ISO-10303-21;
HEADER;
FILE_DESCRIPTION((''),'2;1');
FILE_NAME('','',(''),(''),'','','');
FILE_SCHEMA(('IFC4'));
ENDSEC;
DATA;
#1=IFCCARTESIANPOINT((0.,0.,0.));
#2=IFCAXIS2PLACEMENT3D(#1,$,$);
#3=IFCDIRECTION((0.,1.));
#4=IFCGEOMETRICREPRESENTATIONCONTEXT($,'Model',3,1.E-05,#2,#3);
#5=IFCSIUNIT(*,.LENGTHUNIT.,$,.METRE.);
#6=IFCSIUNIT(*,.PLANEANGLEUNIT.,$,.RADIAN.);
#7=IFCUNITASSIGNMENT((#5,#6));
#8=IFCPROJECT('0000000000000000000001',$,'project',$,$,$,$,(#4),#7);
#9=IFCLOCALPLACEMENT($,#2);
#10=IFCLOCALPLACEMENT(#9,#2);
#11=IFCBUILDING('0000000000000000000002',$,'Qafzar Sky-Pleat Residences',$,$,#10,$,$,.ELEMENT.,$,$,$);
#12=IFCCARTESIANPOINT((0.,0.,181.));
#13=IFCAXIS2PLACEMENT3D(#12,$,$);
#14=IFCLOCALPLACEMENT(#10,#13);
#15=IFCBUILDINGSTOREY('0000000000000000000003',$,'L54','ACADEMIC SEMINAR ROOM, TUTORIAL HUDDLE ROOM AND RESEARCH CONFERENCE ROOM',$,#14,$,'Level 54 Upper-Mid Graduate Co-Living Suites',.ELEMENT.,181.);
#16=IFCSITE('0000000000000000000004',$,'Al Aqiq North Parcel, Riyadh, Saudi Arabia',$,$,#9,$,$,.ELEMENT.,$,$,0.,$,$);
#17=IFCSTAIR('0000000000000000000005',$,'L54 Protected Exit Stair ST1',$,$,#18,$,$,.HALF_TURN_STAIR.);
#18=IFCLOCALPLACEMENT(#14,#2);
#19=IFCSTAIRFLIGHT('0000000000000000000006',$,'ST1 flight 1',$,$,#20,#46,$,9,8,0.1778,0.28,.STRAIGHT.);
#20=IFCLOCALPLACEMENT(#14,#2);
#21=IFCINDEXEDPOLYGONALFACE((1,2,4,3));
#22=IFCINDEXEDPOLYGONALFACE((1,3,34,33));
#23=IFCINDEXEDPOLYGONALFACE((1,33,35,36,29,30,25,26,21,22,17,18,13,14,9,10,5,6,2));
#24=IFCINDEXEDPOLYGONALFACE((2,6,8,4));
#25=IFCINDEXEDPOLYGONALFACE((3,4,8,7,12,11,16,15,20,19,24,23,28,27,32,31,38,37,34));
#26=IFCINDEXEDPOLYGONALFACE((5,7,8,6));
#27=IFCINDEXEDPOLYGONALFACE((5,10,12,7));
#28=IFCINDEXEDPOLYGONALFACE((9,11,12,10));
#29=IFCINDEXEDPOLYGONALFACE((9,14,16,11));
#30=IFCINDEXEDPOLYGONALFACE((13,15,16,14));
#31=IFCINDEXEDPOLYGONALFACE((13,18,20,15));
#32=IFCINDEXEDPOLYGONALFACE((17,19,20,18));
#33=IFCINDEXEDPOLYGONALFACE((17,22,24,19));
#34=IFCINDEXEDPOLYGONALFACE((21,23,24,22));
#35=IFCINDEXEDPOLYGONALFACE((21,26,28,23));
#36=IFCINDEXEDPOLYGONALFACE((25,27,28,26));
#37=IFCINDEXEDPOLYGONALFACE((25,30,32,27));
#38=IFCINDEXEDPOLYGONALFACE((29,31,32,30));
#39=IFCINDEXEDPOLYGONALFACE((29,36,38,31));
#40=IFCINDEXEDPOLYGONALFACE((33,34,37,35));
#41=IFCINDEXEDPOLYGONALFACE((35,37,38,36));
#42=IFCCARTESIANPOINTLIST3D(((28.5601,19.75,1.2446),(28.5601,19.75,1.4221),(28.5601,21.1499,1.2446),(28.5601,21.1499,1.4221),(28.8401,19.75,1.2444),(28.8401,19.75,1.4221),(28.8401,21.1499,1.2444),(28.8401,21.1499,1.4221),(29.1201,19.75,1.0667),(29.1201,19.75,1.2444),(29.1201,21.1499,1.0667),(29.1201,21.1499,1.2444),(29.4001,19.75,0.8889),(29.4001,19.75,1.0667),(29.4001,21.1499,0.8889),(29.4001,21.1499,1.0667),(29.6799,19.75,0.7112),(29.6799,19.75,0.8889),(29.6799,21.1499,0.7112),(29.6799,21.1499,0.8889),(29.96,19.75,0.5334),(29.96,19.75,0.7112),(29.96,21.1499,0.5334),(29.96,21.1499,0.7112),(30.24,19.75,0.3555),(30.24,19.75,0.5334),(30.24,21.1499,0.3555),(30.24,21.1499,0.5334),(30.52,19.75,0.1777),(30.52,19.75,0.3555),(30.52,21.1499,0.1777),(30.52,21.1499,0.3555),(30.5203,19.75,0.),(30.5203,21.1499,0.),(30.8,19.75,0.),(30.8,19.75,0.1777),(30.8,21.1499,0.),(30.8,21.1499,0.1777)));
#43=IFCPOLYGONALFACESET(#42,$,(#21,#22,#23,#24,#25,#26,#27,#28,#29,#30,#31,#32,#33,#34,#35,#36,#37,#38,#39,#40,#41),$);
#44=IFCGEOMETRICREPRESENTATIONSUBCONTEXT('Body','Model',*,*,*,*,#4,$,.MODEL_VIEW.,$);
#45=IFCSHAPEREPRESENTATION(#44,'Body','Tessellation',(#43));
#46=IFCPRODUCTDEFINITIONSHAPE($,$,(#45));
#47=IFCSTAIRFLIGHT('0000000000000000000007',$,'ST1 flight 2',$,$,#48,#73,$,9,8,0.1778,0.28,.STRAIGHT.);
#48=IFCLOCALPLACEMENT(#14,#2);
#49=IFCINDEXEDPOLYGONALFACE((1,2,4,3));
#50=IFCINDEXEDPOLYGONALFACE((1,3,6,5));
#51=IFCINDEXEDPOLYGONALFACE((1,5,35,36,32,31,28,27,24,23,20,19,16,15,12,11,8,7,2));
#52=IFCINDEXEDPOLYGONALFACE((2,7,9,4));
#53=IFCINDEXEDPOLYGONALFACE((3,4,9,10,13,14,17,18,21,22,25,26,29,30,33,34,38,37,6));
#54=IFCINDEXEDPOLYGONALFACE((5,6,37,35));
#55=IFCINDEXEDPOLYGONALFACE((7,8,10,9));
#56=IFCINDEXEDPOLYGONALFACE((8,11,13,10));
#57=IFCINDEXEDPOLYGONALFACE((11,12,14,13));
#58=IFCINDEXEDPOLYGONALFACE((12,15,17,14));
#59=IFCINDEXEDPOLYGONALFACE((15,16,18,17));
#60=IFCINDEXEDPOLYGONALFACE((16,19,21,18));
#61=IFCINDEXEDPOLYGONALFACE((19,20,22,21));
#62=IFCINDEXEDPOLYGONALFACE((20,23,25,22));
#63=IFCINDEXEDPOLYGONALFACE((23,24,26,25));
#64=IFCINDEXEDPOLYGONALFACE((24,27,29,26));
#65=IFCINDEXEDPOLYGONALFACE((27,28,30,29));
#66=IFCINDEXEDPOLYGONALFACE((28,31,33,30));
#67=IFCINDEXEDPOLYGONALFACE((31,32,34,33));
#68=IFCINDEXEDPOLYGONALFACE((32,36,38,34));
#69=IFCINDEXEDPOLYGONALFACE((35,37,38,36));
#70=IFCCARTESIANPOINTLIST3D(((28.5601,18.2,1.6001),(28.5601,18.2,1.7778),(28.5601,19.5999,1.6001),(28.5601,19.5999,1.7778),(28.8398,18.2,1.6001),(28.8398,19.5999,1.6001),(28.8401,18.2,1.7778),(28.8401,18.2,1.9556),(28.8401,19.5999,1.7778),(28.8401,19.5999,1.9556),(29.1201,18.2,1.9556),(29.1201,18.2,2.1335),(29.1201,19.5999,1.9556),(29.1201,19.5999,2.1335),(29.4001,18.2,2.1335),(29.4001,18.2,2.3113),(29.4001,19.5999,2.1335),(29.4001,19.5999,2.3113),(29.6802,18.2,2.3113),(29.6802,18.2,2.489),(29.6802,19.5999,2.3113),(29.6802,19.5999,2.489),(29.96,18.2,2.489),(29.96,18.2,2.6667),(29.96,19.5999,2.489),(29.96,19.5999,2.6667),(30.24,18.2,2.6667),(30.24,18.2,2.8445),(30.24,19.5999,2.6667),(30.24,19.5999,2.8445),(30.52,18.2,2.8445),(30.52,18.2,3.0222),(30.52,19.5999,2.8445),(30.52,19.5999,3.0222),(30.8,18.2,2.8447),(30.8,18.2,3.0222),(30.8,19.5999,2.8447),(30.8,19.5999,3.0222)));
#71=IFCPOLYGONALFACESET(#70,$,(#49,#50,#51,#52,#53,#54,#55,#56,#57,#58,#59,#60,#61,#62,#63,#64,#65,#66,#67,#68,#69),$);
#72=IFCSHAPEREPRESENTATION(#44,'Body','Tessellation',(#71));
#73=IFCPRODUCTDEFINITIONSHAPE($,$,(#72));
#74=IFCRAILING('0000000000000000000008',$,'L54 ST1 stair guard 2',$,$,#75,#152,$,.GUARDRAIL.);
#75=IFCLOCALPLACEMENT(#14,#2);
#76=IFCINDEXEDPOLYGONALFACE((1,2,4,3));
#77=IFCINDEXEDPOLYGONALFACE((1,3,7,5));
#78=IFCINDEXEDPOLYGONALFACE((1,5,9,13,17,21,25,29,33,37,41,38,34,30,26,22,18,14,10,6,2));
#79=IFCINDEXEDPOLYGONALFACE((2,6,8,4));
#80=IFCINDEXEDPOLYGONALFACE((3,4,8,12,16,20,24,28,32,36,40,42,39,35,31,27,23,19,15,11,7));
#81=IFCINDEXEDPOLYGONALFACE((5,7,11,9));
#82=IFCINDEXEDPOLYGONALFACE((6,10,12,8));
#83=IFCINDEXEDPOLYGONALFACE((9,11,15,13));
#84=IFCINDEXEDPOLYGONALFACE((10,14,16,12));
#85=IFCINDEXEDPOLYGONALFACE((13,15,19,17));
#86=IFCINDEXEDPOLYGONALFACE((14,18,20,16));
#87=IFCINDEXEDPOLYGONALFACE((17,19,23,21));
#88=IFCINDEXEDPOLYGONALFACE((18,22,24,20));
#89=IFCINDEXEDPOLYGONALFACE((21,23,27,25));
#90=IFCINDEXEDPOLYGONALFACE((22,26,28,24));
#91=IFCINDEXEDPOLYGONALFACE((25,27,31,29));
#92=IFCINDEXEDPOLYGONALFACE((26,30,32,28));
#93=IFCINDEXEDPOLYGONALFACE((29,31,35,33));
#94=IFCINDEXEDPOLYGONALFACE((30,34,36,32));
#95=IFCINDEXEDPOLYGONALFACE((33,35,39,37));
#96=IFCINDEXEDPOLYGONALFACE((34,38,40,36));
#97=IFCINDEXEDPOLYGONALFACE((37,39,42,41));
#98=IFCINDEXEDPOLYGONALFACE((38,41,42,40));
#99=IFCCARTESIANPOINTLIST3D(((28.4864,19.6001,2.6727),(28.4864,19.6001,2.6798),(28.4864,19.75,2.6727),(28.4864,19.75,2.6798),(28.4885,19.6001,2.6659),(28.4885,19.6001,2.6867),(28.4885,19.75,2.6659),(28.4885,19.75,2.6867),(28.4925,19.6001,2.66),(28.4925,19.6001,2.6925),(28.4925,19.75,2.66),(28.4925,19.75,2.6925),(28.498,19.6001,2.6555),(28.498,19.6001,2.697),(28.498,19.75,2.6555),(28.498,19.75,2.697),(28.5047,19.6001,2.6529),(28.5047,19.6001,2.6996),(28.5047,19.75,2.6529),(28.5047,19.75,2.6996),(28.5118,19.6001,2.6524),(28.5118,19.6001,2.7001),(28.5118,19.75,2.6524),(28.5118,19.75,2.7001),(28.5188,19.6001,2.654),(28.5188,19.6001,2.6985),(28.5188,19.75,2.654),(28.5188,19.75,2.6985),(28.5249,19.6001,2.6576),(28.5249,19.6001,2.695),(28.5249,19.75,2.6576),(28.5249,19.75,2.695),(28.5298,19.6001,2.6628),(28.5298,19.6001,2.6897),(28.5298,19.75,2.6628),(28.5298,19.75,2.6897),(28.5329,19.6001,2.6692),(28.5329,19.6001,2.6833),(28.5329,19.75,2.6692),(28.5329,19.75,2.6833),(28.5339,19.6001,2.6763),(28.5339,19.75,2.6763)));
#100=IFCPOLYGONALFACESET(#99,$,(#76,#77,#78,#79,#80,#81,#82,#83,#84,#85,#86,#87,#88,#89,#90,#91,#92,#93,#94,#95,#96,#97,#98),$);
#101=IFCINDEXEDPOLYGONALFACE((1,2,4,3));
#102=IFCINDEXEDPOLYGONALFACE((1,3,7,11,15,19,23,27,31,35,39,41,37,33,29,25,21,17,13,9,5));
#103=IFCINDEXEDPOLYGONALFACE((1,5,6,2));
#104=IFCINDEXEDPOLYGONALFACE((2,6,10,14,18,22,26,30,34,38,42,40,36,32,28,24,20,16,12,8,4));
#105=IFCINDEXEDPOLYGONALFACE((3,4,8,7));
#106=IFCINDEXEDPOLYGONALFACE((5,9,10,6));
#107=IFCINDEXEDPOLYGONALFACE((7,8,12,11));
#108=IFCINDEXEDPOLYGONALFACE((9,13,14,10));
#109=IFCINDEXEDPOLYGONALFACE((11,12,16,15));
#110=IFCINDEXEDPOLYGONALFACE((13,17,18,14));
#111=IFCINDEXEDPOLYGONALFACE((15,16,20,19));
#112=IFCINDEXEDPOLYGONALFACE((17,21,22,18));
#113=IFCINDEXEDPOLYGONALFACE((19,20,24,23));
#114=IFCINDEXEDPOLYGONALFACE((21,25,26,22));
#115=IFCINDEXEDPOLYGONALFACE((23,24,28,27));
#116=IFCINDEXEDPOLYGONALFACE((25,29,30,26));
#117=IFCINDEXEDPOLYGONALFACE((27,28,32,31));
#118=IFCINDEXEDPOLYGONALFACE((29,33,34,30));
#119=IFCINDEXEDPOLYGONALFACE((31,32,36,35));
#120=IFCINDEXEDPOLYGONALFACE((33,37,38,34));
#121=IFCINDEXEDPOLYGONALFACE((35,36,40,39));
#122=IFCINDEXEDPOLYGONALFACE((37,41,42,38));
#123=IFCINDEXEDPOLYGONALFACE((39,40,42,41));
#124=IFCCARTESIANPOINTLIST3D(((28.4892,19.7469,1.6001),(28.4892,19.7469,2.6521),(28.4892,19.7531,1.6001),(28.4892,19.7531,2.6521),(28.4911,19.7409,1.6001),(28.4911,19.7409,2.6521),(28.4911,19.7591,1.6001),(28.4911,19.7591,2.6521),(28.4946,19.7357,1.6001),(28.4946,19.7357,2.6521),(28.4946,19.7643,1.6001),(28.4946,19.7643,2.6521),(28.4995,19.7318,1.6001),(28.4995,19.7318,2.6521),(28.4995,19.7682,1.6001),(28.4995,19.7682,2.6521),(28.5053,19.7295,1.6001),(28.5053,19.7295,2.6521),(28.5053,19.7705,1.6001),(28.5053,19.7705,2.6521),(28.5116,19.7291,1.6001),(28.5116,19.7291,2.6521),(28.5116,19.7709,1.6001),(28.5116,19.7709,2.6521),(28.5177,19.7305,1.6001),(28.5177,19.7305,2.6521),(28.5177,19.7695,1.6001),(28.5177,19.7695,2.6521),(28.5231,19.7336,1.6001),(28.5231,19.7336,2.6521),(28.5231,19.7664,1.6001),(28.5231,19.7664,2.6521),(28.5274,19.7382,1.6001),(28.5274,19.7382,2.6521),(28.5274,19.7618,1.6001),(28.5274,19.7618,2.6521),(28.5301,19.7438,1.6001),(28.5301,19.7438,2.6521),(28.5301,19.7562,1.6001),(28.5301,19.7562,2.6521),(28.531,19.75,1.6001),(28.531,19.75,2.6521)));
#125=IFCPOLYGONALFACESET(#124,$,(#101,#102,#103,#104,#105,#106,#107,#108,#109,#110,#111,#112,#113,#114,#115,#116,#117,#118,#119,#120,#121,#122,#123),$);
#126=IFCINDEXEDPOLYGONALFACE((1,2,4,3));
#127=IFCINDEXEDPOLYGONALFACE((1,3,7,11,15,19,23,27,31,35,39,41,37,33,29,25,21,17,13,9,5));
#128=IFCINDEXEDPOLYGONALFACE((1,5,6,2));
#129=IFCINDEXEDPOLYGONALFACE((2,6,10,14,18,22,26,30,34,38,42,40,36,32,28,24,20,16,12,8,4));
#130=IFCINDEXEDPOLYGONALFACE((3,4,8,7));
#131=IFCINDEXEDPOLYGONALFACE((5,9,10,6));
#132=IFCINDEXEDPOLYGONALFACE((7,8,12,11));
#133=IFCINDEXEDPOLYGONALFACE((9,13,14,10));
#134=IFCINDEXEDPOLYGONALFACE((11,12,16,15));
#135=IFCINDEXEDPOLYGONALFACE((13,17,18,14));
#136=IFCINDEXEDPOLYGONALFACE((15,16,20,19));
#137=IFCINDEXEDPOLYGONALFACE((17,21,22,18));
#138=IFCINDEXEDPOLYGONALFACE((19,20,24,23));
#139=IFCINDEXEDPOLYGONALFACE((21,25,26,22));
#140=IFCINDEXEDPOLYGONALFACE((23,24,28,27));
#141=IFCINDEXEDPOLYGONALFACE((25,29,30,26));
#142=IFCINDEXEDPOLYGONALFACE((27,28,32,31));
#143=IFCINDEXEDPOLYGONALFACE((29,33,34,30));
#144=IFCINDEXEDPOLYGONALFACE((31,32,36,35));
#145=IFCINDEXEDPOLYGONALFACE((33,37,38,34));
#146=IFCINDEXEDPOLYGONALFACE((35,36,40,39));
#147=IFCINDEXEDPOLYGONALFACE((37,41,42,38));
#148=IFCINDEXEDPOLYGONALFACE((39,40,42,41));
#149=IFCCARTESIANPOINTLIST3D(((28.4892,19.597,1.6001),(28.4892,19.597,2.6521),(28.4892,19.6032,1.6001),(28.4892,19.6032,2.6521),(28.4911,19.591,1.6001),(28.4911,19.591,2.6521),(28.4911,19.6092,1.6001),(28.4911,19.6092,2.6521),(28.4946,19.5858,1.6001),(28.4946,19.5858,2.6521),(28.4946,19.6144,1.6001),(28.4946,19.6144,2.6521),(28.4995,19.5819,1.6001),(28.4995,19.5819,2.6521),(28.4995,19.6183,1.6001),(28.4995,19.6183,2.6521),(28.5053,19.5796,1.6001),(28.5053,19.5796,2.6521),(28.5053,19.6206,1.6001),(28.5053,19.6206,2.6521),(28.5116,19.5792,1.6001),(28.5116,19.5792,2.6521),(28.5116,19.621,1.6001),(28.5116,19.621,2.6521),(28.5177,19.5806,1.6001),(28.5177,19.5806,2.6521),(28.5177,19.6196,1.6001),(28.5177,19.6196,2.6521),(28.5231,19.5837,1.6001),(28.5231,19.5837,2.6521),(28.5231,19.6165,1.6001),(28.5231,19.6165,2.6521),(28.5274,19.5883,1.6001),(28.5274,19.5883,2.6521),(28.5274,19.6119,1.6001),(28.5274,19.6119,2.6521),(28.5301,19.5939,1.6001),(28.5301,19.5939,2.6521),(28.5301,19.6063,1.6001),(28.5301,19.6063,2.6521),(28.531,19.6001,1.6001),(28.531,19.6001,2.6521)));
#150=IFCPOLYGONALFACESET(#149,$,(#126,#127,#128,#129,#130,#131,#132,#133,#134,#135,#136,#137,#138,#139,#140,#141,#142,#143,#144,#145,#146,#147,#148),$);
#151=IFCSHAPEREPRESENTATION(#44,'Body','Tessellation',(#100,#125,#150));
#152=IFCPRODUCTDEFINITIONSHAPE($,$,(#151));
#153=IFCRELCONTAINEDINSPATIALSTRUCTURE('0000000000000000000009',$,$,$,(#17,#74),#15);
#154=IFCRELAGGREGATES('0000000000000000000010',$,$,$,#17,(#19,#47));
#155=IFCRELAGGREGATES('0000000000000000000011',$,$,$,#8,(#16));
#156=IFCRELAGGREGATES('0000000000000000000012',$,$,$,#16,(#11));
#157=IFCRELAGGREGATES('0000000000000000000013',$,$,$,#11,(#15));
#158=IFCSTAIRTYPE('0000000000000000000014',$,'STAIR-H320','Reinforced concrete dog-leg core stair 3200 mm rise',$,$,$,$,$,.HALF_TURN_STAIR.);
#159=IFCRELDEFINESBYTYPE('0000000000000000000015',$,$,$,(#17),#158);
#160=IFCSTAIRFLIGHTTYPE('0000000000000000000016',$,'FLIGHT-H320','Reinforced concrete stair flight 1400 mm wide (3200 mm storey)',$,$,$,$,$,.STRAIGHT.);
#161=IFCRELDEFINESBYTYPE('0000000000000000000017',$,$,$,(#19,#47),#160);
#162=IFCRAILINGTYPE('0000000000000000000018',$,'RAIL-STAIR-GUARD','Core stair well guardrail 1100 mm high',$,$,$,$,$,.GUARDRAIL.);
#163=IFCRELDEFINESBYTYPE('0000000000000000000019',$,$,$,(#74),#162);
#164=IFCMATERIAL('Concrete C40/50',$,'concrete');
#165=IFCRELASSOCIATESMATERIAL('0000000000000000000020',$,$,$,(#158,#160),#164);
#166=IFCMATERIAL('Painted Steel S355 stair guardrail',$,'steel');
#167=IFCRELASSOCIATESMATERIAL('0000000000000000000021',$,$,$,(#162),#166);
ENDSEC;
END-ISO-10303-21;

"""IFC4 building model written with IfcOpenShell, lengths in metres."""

from ifc_helpers import new_model, si_unit, direction, frame, origin, origin_2d, place, context, subcontext, project, spatial, polyline, circle, outline, extrude, source, transform, mapped, material, type_object, element, aggregate, save


model = new_model("IFC4")

# Units and contexts
model_context = context("Model", 3, precision=1e-05, world=origin(), true_north=direction((0.0, 1.0)))
body_context = subcontext(model_context, "Body", "Model", "MODEL_VIEW")
ifc_project = project(units=[si_unit("LENGTHUNIT", "METRE"), si_unit("PLANEANGLEUNIT", "RADIAN")], contexts=[model_context])

# Site, building, storey
site_placement = place(None, origin())
site = spatial("IfcSite", under=ifc_project, at=site_placement, Name="Al Aqiq North Parcel, Riyadh, Saudi Arabia", CompositionType="ELEMENT", RefElevation=0.0)
building_placement = place(site_placement, origin())
building = spatial("IfcBuilding", under=site, at=building_placement, Name="Qafzar Sky-Pleat Residences", CompositionType="ELEMENT")
storey_placement = place(building_placement, frame((0.0, 0.0, 181.0)))
storey = spatial("IfcBuildingStorey", under=building, at=storey_placement, Name="L54", Description="ACADEMIC SEMINAR ROOM, TUTORIAL HUDDLE ROOM AND RESEARCH CONFERENCE ROOM", LongName="Level 54 Upper-Mid Graduate Co-Living Suites", CompositionType="ELEMENT", Elevation=181.0)

# Stair, stair flights
ifc_material_1 = material(Name="Concrete C40/50", Category="concrete")
stair_type = type_object("IfcStairType", Name="STAIR-H320", Description="Reinforced concrete dog-leg core stair 3200 mm rise", PredefinedType="HALF_TURN_STAIR", material=ifc_material_1)
stair_placement = place(storey_placement, origin())
stair = element("IfcStair", 1, at=stair_placement, inside=storey, type_object=stair_type, Name="L54 Protected Exit Stair ST1", PredefinedType="HALF_TURN_STAIR")
stair_flight_type = type_object("IfcStairFlightType", Name="FLIGHT-H320", Description="Reinforced concrete stair flight 1400 mm wide (3200 mm storey)", PredefinedType="STRAIGHT", material=ifc_material_1)
shared_shape_1 = source(origin(), body_context, "Body", "SweptSolid", [
    extrude(outline(polyline([(0.0, 0.0), (0.0, 0.1777), (0.28, 0.1777), (0.28, 0.3555), (0.5601, 0.3555), (0.5601, 0.5334), (0.8401, 0.5334), (0.8401, 0.7112), (1.1201, 0.7112), (1.1201, 0.8889), (1.3999, 0.8889), (1.3999, 1.0667), (1.6799, 1.0667), (1.6799, 1.2444), (1.96, 1.2444), (1.96, 1.4221), (2.24, 1.4221), (2.24, 1.6001), (2.24, 1.2446), (0.2798, 0.0), (0.0, 0.0)])), frame((0.0, 0.7, 0.0), z_axis=(0.0, -1.0, 0.0), x_axis=(1.0, 0.0, 0.0)), (0.0, 0.0, 1.0), 1.3999),
])
stair_flight_1_placement = place(storey_placement, frame((30.8, 20.45, 0.0), z_axis=(0.0, 0.0, 1.0), x_axis=(-1.0, 0.0, 0.0)))
stair_flight_1 = element("IfcStairFlight", 2, at=stair_flight_1_placement, type_object=stair_flight_type, Name="ST1 flight 1", NumberOfRisers=9, NumberOfTreads=8, PredefinedType="STRAIGHT", RiserHeight=0.1778, TreadLength=0.28, context=body_context, shape_type="MappedRepresentation", body=[
    mapped(shared_shape_1, transform((0.0, 0.0, 0.0), x_axis=(1.0, 0.0, 0.0), y_axis=(0.0, 1.0, 0.0), z_axis=(0.0, 0.0, 1.0), scale=1.0)),
])
stair_flight_2_placement = place(storey_placement, frame((28.5601, 18.8999, 1.6001), z_axis=(0.0, 0.0, 1.0), x_axis=(1.0, 0.0, 0.0)))
stair_flight_2 = element("IfcStairFlight", 3, at=stair_flight_2_placement, type_object=stair_flight_type, Name="ST1 flight 2", NumberOfRisers=9, NumberOfTreads=8, PredefinedType="STRAIGHT", RiserHeight=0.1778, TreadLength=0.28, context=body_context, shape_type="MappedRepresentation", body=[
    mapped(shared_shape_1, transform((0.0, 0.0, 0.0), x_axis=(1.0, 0.0, 0.0), y_axis=(0.0, 1.0, 0.0), z_axis=(0.0, 0.0, 1.0), scale=1.0)),
])
aggregate(stair, [stair_flight_1, stair_flight_2])

# Railing
ifc_material_2 = material(Name="Painted Steel S355 stair guardrail", Category="steel")
railing_type_1 = type_object("IfcRailingType", Name="RAIL-STAIR-GUARD", Description="Core stair well guardrail 1100 mm high", PredefinedType="GUARDRAIL", material=ifc_material_2)
shared_shape_2 = source(origin(), body_context, "Body", "SweptSolid", [
    extrude(circle(Radius=0.0239, at=origin_2d()), frame((0.0, 0.0, 1.0762), z_axis=(0.0, -1.0, 0.0), x_axis=(1.0, 0.0, 0.0)), (0.0, 0.0, 1.0), 0.1499),
    extrude(circle(Radius=0.021, at=origin_2d()), origin(), (0.0, 0.0, 1.0), 1.052),
    extrude(circle(Radius=0.021, at=origin_2d()), frame((0.0, -0.1499, 0.0)), (0.0, 0.0, 1.0), 1.052),
])
for number, where, name in (
    (4, (28.51, 19.75, 1.6001), "L54 ST1 stair guard 2"),
):
    element("IfcRailing", number, at=place(storey_placement, frame(where)), inside=storey, type_object=railing_type_1, Name=name, PredefinedType="GUARDRAIL", context=body_context, shape_type="MappedRepresentation", body=[
        mapped(shared_shape_2, transform((0.0, 0.0, 0.0), x_axis=(1.0, 0.0, 0.0), y_axis=(0.0, 1.0, 0.0), z_axis=(0.0, 0.0, 1.0), scale=1.0)),
    ])

save(model, "model.ifc")
